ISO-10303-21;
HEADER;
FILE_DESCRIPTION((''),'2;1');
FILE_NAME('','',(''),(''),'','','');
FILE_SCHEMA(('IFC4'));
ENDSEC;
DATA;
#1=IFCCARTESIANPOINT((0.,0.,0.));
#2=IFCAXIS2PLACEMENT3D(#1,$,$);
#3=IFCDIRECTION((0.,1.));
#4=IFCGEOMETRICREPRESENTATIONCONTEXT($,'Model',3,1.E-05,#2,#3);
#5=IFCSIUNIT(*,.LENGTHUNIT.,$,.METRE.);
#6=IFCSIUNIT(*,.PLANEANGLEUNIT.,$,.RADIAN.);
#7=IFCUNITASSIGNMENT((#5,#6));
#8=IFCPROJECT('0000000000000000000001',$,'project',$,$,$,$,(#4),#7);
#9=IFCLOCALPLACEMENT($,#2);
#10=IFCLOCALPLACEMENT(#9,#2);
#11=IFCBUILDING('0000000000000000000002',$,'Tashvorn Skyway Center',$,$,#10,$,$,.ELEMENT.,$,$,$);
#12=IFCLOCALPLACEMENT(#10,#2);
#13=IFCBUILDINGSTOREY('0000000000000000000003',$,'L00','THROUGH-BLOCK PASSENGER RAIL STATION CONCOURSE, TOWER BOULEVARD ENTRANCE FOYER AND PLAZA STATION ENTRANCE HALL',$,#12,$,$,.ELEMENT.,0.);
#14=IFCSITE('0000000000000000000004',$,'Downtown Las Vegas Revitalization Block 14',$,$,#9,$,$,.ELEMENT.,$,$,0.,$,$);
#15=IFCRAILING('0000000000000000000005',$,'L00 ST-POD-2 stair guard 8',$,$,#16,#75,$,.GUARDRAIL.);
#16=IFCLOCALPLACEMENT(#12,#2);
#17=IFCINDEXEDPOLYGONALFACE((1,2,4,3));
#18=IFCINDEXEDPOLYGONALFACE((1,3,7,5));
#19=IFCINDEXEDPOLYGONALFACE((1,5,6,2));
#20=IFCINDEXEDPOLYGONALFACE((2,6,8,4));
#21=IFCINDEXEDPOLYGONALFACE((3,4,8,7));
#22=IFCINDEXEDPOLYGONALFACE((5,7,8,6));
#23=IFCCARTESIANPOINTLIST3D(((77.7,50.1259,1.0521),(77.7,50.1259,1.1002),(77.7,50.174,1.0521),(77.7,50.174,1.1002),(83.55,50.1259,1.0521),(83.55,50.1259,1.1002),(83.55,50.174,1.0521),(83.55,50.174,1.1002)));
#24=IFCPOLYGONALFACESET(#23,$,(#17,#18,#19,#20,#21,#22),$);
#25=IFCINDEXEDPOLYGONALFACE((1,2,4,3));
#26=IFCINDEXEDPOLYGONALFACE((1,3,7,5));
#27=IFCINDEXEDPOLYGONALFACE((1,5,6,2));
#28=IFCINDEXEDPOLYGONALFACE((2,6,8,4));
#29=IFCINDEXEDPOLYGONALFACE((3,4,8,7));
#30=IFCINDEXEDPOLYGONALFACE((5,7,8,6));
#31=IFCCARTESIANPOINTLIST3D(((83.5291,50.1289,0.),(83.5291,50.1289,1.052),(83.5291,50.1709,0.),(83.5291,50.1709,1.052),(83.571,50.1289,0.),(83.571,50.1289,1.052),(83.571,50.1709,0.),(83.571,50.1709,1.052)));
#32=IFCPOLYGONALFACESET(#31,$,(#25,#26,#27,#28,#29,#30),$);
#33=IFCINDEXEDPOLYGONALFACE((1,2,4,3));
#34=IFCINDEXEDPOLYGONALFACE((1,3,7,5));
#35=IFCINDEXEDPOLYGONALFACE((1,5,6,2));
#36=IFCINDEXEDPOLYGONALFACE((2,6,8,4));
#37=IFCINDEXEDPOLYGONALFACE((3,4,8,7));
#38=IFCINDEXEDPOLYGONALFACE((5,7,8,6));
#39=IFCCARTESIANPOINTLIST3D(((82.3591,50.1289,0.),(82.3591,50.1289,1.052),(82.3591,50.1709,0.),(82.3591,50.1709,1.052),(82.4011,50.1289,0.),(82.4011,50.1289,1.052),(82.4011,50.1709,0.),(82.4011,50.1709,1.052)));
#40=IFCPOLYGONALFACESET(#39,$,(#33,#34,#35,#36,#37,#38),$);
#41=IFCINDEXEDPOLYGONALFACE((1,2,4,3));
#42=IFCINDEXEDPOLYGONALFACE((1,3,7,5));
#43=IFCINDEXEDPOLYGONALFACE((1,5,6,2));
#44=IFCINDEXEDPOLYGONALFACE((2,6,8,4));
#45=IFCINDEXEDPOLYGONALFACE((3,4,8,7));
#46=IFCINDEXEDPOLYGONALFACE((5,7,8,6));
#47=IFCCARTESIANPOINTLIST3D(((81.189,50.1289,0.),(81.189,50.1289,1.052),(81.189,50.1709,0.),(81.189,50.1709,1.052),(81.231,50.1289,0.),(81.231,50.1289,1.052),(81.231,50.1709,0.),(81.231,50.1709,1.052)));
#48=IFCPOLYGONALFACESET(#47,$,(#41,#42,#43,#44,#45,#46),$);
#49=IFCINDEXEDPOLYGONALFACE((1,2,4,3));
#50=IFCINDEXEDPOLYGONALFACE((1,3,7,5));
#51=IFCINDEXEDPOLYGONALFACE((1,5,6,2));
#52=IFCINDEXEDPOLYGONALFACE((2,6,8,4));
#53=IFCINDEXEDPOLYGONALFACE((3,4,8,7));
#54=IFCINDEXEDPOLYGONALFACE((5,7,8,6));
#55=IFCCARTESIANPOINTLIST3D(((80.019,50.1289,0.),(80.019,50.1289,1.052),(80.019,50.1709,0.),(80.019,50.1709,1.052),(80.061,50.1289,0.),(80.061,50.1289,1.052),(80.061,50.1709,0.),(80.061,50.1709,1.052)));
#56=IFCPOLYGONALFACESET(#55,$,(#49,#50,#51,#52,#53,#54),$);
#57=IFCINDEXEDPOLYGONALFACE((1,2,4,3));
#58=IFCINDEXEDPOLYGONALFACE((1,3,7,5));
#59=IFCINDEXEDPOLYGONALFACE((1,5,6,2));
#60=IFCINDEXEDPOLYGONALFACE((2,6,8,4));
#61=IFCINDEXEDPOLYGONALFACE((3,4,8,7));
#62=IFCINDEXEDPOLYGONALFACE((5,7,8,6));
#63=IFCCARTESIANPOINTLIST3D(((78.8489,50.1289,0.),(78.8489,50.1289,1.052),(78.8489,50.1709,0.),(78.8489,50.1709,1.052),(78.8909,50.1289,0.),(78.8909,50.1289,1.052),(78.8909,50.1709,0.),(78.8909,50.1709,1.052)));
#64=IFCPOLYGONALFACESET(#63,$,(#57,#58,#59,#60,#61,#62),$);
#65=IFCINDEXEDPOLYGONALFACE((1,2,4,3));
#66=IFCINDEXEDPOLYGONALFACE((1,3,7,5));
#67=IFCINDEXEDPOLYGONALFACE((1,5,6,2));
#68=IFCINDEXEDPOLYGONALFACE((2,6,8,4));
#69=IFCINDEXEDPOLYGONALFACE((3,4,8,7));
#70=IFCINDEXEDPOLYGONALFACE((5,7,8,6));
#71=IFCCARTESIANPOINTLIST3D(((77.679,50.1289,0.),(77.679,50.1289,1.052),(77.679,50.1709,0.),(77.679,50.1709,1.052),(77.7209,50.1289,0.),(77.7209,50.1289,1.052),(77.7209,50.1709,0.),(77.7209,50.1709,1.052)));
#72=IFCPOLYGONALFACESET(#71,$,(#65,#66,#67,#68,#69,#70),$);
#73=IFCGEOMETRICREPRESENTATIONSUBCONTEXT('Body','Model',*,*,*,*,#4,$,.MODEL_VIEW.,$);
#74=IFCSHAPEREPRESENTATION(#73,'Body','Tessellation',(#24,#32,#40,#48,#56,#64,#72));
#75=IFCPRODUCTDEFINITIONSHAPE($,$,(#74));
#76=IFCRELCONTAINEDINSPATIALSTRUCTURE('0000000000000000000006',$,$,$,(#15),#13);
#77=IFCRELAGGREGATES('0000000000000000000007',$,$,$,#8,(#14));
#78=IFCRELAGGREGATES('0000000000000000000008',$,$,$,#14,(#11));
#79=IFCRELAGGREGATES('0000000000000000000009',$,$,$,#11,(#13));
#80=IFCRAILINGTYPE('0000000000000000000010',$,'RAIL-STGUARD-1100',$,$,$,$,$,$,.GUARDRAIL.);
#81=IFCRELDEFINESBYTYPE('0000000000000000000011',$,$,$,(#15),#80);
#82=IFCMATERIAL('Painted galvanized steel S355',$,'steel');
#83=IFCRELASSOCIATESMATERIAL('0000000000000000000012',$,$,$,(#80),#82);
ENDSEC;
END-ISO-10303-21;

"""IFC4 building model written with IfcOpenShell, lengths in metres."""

from ifc_helpers import new_model, si_unit, direction, frame, origin, origin_2d, place, context, subcontext, project, spatial, rectangle, extrude, material, type_object, element, save


model = new_model("IFC4")

# Units and contexts
model_context = context("Model", 3, precision=1e-05, world=origin(), true_north=direction((0.0, 1.0)))
body_context = subcontext(model_context, "Body", "Model", "MODEL_VIEW")
ifc_project = project(units=[si_unit("LENGTHUNIT", "METRE"), si_unit("PLANEANGLEUNIT", "RADIAN")], contexts=[model_context])

# Site, building, storey
site_placement = place(None, origin())
site = spatial("IfcSite", under=ifc_project, at=site_placement, Name="Downtown Las Vegas Revitalization Block 14", CompositionType="ELEMENT", RefElevation=0.0)
building_placement = place(site_placement, origin())
building = spatial("IfcBuilding", under=site, at=building_placement, Name="Tashvorn Skyway Center", CompositionType="ELEMENT")
storey_placement = place(building_placement, origin())
storey = spatial("IfcBuildingStorey", under=building, at=storey_placement, Name="L00", Description="THROUGH-BLOCK PASSENGER RAIL STATION CONCOURSE, TOWER BOULEVARD ENTRANCE FOYER AND PLAZA STATION ENTRANCE HALL", CompositionType="ELEMENT", Elevation=0.0)

# Railing
ifc_material_1 = material(Name="Painted galvanized steel S355", Category="steel")
railing_type_1 = type_object("IfcRailingType", Name="RAIL-STGUARD-1100", PredefinedType="GUARDRAIL", material=ifc_material_1)
railing_1_placement = place(storey_placement, frame((83.55, 50.1499, 0.0)))
element("IfcRailing", 1, at=railing_1_placement, inside=storey, type_object=railing_type_1, Name="L00 ST-POD-2 stair guard 8", PredefinedType="GUARDRAIL", context=body_context, shape_type="SweptSolid", body=[
    extrude(rectangle(XDim=0.0481, YDim=0.0481, at=origin_2d()), frame((0.0, 0.0, 1.0762), z_axis=(-1.0, 0.0, 0.0), x_axis=(0.0, -1.0, 0.0)), (0.0, 0.0, 1.0), 5.8501),
    extrude(rectangle(XDim=0.042, YDim=0.042, at=origin_2d()), origin(), (0.0, 0.0, 1.0), 1.052),
    extrude(rectangle(XDim=0.042, YDim=0.042, at=origin_2d()), frame((-1.1699, 0.0, 0.0)), (0.0, 0.0, 1.0), 1.052),
    extrude(rectangle(XDim=0.042, YDim=0.042, at=origin_2d()), frame((-2.3401, 0.0, 0.0)), (0.0, 0.0, 1.0), 1.052),
    extrude(rectangle(XDim=0.042, YDim=0.042, at=origin_2d()), frame((-3.51, 0.0, 0.0)), (0.0, 0.0, 1.0), 1.052),
    extrude(rectangle(XDim=0.042, YDim=0.042, at=origin_2d()), frame((-4.6802, 0.0, 0.0)), (0.0, 0.0, 1.0), 1.052),
    extrude(rectangle(XDim=0.042, YDim=0.042, at=origin_2d()), frame((-5.8501, 0.0, 0.0)), (0.0, 0.0, 1.0), 1.052),
])

save(model, "model.ifc")
